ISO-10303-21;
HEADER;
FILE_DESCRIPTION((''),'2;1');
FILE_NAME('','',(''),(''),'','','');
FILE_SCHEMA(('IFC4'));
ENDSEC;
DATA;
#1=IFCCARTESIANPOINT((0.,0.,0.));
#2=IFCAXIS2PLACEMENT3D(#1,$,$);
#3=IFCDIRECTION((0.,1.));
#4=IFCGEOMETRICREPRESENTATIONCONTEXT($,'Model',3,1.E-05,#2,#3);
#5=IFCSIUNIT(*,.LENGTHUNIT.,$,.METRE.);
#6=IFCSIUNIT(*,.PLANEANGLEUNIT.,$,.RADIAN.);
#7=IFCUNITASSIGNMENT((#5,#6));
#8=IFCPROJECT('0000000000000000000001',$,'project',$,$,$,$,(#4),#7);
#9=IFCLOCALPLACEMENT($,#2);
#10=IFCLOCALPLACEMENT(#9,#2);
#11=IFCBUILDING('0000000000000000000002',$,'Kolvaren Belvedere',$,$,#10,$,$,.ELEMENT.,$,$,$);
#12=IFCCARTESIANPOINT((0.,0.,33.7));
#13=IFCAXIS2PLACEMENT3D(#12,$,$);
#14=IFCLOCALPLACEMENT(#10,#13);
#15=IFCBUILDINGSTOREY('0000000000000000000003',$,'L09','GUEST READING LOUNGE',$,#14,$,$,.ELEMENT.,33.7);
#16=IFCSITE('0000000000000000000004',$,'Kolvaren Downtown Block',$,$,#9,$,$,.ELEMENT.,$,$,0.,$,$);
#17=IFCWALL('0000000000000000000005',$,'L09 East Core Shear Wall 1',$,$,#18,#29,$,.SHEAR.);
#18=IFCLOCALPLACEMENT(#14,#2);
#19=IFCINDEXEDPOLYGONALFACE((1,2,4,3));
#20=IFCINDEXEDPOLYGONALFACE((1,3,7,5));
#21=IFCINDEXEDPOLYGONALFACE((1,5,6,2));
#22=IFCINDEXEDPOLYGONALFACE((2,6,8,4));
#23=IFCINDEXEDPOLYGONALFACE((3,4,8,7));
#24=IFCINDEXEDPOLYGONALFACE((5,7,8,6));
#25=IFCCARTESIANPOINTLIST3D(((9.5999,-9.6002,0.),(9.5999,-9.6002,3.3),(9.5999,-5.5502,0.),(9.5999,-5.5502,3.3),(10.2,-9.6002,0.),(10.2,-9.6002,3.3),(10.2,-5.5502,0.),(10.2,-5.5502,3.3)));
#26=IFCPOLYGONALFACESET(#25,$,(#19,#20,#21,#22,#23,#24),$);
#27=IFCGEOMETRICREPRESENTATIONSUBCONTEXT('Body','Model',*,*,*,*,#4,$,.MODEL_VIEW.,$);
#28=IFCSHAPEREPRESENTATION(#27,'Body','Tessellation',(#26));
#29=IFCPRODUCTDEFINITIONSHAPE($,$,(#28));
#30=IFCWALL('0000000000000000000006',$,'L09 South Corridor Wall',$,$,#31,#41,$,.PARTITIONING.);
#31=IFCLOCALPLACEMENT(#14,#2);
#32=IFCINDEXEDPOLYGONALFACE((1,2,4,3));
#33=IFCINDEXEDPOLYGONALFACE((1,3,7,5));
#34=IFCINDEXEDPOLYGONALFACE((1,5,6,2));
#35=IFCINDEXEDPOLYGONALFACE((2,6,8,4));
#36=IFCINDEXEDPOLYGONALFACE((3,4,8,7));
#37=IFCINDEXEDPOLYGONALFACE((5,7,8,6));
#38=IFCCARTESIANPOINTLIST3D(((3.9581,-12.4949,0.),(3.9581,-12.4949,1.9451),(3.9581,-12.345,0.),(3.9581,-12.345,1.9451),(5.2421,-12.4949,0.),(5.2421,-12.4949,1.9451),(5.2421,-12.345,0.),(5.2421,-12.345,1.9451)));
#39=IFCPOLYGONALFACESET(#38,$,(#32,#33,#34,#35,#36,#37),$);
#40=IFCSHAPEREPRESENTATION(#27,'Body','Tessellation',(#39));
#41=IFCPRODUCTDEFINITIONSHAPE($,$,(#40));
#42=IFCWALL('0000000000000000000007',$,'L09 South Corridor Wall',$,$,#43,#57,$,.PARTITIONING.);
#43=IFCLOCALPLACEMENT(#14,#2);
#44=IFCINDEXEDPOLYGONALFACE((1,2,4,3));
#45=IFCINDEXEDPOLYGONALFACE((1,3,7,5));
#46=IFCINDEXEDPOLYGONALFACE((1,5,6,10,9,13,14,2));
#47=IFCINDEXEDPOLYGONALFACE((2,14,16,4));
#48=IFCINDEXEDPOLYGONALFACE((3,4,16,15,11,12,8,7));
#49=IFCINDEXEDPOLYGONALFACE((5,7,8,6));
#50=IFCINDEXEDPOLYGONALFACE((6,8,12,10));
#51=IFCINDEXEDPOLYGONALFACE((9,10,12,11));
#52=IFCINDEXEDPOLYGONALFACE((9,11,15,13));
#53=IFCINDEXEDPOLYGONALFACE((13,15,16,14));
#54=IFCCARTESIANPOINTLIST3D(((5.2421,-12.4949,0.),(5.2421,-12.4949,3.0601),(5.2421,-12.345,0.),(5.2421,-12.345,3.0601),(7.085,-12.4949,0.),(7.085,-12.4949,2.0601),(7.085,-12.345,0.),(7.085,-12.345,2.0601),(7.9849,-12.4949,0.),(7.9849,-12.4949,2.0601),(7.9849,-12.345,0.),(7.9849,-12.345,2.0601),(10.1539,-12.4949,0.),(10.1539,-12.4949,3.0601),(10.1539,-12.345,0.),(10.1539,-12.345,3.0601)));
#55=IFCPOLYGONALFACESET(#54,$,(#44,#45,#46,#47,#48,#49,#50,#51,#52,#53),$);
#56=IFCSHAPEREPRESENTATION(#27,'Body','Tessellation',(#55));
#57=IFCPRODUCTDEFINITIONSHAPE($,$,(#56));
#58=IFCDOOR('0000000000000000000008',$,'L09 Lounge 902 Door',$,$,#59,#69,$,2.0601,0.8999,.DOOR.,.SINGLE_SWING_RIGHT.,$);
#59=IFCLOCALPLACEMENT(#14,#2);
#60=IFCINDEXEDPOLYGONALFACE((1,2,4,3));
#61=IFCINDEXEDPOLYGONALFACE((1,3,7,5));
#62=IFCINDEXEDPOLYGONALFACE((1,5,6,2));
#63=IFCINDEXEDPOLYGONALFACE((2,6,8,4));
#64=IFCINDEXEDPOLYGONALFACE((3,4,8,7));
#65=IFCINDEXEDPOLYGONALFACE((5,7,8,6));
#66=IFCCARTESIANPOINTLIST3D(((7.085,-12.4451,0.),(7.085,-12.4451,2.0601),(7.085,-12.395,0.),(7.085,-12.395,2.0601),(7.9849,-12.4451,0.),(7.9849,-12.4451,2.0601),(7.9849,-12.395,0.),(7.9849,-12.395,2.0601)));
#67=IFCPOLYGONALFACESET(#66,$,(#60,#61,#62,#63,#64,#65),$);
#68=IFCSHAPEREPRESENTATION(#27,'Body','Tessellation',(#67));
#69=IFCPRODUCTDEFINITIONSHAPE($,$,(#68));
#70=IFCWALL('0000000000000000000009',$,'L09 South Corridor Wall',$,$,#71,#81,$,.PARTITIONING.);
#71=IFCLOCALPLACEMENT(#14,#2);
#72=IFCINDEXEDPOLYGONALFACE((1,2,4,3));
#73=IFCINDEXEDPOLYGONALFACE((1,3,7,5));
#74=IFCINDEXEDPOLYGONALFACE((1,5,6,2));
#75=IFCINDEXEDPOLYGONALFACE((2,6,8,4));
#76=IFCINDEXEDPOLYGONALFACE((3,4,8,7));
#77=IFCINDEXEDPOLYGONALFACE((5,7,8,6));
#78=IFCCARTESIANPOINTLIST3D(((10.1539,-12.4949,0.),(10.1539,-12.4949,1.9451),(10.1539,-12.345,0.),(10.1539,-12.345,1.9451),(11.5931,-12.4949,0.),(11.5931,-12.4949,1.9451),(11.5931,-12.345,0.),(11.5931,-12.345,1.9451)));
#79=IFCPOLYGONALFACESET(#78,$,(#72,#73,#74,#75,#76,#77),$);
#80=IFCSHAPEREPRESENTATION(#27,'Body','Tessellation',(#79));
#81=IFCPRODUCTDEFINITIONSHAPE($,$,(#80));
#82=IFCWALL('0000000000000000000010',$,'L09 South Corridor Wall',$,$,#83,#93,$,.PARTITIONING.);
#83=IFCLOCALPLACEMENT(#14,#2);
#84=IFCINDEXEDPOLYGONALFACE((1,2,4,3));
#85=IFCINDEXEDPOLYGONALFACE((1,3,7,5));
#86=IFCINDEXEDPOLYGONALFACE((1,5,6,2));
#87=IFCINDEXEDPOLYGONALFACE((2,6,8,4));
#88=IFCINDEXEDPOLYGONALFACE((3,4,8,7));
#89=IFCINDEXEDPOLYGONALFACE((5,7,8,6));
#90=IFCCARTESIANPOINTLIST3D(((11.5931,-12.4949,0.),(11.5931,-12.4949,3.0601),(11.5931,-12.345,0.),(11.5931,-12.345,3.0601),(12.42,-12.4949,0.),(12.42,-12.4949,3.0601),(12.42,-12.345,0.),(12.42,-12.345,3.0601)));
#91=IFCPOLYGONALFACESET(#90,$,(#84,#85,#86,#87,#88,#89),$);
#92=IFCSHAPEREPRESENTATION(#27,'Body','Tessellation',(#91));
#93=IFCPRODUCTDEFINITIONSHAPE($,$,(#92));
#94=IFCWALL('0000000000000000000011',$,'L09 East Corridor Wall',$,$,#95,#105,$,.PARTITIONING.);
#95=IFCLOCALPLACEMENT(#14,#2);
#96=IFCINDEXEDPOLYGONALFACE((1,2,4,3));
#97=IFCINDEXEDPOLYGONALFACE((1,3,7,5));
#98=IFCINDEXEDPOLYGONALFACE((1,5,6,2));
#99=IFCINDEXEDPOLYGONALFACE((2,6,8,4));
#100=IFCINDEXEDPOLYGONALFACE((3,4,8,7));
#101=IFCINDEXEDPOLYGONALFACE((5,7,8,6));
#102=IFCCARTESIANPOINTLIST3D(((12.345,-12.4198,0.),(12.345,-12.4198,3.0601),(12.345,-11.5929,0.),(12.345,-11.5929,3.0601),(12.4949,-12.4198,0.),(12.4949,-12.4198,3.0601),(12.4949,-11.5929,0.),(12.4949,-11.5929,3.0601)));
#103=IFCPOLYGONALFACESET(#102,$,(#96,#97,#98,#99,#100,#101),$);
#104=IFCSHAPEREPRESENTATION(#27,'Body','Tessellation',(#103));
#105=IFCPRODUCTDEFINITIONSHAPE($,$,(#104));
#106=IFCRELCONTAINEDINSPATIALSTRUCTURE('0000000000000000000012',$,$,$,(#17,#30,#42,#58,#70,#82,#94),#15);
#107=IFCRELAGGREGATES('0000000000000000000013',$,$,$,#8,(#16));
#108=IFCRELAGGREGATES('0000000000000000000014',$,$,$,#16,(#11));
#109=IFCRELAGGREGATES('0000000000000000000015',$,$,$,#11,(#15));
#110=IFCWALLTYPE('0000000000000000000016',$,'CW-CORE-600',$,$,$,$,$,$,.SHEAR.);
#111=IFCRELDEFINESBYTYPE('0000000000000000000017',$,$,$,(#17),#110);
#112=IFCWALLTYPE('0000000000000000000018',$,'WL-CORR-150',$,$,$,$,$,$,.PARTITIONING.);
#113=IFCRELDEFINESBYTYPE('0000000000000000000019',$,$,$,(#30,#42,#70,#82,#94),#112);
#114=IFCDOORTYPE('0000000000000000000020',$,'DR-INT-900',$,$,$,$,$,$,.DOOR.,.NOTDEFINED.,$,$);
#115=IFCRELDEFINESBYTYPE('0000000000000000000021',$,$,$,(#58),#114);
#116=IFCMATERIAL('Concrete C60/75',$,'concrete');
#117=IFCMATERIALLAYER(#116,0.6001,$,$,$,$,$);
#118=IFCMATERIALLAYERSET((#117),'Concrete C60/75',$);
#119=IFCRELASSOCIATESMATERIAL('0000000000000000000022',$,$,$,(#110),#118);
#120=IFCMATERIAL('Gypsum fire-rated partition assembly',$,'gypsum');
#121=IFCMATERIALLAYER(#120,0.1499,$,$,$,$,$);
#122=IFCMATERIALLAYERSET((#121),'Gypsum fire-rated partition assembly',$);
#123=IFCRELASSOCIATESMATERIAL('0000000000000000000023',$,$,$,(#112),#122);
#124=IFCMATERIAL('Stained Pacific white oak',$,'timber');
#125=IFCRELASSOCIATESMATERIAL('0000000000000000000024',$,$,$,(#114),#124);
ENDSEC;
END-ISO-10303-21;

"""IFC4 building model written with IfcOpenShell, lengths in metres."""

from ifc_helpers import new_model, si_unit, direction, frame, frame_2d, origin, place, context, subcontext, project, spatial, rectangle, extrude, material, layer, layer_set, type_object, element, fill, save


model = new_model("IFC4")

# Units and contexts
model_context = context("Model", 3, precision=1e-05, world=origin(), true_north=direction((0.0, 1.0)))
body_context = subcontext(model_context, "Body", "Model", "MODEL_VIEW")
ifc_project = project(units=[si_unit("LENGTHUNIT", "METRE"), si_unit("PLANEANGLEUNIT", "RADIAN")], contexts=[model_context])

# Site, building, storey
site_placement = place(None, origin())
site = spatial("IfcSite", under=ifc_project, at=site_placement, Name="Kolvaren Downtown Block", CompositionType="ELEMENT", RefElevation=0.0)
building_placement = place(site_placement, origin())
building = spatial("IfcBuilding", under=site, at=building_placement, Name="Kolvaren Belvedere", CompositionType="ELEMENT")
storey_placement = place(building_placement, frame((0.0, 0.0, 33.7)))
storey = spatial("IfcBuildingStorey", under=building, at=storey_placement, Name="L09", Description="GUEST READING LOUNGE", CompositionType="ELEMENT", Elevation=33.7)

# Walls
ifc_material_1 = material(Name="Concrete C60/75", Category="concrete")
ifc_layer_1 = layer(ifc_material_1, 0.6001)
ifc_layer_set_1 = layer_set([ifc_layer_1], Name="Concrete C60/75")
wall_type_1 = type_object("IfcWallType", Name="CW-CORE-600", PredefinedType="SHEAR", material=ifc_layer_set_1)
wall_1_placement = place(storey_placement, frame((9.8999, -9.6001, 0.0), z_axis=(0.0, 0.0, 1.0), x_axis=(0.0, 1.0, 0.0)))
element("IfcWall", 1, at=wall_1_placement, inside=storey, type_object=wall_type_1, Name="L09 East Core Shear Wall 1", PredefinedType="SHEAR", context=body_context, shape_type="SweptSolid", body=[
    extrude(rectangle(XDim=4.05, YDim=0.6001, at=frame_2d((2.0249, 0.0))), origin(), (0.0, 0.0, 1.0), 3.3),
])
ifc_material_2 = material(Name="Gypsum fire-rated partition assembly", Category="gypsum")
ifc_layer_2 = layer(ifc_material_2, 0.1499)
ifc_layer_set_2 = layer_set([ifc_layer_2], Name="Gypsum fire-rated partition assembly")
wall_type_2 = type_object("IfcWallType", Name="WL-CORR-150", PredefinedType="PARTITIONING", material=ifc_layer_set_2)
wall_2_placement = place(storey_placement, frame((3.958, -12.4199, 0.0), z_axis=(0.0, 0.0, 1.0), x_axis=(1.0, 0.0, 0.0)))
element("IfcWall", 2, at=wall_2_placement, inside=storey, type_object=wall_type_2, Name="L09 South Corridor Wall", PredefinedType="PARTITIONING", context=body_context, shape_type="SweptSolid", body=[
    extrude(rectangle(XDim=1.2839, YDim=0.1499, at=frame_2d((0.6421, 0.0))), origin(), (0.0, 0.0, 1.0), 1.9451),
])

# Wall, opening, door
wall_3_placement = place(storey_placement, frame((5.2419, -12.4199, 0.0), z_axis=(0.0, 0.0, 1.0), x_axis=(1.0, 0.0, 0.0)))
wall_3 = element("IfcWall", 3, at=wall_3_placement, inside=storey, type_object=wall_type_2, Name="L09 South Corridor Wall", PredefinedType="PARTITIONING", context=body_context, shape_type="SweptSolid", body=[
    extrude(rectangle(XDim=4.9119, YDim=0.1499, at=frame_2d((2.4561, 0.0))), origin(), (0.0, 0.0, 1.0), 3.0601),
])
opening_placement = place(wall_3_placement, frame((1.843, 0.0, 0.0)))
opening = element("IfcOpeningElement", 4, at=opening_placement, cuts=wall_3, PredefinedType="OPENING", context=body_context, shape_type="SweptSolid", body=[
    extrude(rectangle(XDim=0.8999, YDim=2.0601, at=frame_2d((0.45, 1.03))), frame((0.0, 0.085, 0.0), z_axis=(0.0, -1.0, 0.0), x_axis=(1.0, 0.0, 0.0)), (0.0, 0.0, 1.0), 0.1699),
])
ifc_material_3 = material(Name="Stained Pacific white oak", Category="timber")
door_type = type_object("IfcDoorType", Name="DR-INT-900", OperationType="NOTDEFINED", PredefinedType="DOOR", material=ifc_material_3)
door_placement = place(opening_placement, origin())
door = element("IfcDoor", 5, at=door_placement, inside=storey, type_object=door_type, Name="L09 Lounge 902 Door", OperationType="SINGLE_SWING_RIGHT", OverallHeight=2.0601, OverallWidth=0.8999, PredefinedType="DOOR", context=body_context, shape_type="SweptSolid", body=[
    extrude(rectangle(XDim=0.8999, YDim=2.0601, at=frame_2d((0.45, 1.03))), frame((0.0, 0.0249, 0.0), z_axis=(0.0, -1.0, 0.0), x_axis=(1.0, 0.0, 0.0)), (0.0, 0.0, 1.0), 0.05),
])
fill(opening, door)

# Walls
wall_4_placement = place(storey_placement, frame((10.1538, -12.4199, 0.0), z_axis=(0.0, 0.0, 1.0), x_axis=(1.0, 0.0, 0.0)))
element("IfcWall", 6, at=wall_4_placement, inside=storey, type_object=wall_type_2, Name="L09 South Corridor Wall", PredefinedType="PARTITIONING", context=body_context, shape_type="SweptSolid", body=[
    extrude(rectangle(XDim=1.4392, YDim=0.1499, at=frame_2d((0.7197, 0.0))), origin(), (0.0, 0.0, 1.0), 1.9451),
])
for number, where, z_axis, x_axis, name in (
    (7, (11.593, -12.4199, 0.0), (0.0, 0.0, 1.0), (1.0, 0.0, 0.0), "L09 South Corridor Wall"),
    (8, (12.4199, -12.4199, 0.0), (0.0, 0.0, 1.0), (0.0, 1.0, 0.0), "L09 East Corridor Wall"),
):
    element("IfcWall", number, at=place(storey_placement, frame(where, z_axis=z_axis, x_axis=x_axis)), inside=storey, type_object=wall_type_2, Name=name, PredefinedType="PARTITIONING", context=body_context, shape_type="SweptSolid", body=[
        extrude(rectangle(XDim=0.8269, YDim=0.1499, at=frame_2d((0.4136, 0.0))), origin(), (0.0, 0.0, 1.0), 3.0601),
    ])

save(model, "model.ifc")
